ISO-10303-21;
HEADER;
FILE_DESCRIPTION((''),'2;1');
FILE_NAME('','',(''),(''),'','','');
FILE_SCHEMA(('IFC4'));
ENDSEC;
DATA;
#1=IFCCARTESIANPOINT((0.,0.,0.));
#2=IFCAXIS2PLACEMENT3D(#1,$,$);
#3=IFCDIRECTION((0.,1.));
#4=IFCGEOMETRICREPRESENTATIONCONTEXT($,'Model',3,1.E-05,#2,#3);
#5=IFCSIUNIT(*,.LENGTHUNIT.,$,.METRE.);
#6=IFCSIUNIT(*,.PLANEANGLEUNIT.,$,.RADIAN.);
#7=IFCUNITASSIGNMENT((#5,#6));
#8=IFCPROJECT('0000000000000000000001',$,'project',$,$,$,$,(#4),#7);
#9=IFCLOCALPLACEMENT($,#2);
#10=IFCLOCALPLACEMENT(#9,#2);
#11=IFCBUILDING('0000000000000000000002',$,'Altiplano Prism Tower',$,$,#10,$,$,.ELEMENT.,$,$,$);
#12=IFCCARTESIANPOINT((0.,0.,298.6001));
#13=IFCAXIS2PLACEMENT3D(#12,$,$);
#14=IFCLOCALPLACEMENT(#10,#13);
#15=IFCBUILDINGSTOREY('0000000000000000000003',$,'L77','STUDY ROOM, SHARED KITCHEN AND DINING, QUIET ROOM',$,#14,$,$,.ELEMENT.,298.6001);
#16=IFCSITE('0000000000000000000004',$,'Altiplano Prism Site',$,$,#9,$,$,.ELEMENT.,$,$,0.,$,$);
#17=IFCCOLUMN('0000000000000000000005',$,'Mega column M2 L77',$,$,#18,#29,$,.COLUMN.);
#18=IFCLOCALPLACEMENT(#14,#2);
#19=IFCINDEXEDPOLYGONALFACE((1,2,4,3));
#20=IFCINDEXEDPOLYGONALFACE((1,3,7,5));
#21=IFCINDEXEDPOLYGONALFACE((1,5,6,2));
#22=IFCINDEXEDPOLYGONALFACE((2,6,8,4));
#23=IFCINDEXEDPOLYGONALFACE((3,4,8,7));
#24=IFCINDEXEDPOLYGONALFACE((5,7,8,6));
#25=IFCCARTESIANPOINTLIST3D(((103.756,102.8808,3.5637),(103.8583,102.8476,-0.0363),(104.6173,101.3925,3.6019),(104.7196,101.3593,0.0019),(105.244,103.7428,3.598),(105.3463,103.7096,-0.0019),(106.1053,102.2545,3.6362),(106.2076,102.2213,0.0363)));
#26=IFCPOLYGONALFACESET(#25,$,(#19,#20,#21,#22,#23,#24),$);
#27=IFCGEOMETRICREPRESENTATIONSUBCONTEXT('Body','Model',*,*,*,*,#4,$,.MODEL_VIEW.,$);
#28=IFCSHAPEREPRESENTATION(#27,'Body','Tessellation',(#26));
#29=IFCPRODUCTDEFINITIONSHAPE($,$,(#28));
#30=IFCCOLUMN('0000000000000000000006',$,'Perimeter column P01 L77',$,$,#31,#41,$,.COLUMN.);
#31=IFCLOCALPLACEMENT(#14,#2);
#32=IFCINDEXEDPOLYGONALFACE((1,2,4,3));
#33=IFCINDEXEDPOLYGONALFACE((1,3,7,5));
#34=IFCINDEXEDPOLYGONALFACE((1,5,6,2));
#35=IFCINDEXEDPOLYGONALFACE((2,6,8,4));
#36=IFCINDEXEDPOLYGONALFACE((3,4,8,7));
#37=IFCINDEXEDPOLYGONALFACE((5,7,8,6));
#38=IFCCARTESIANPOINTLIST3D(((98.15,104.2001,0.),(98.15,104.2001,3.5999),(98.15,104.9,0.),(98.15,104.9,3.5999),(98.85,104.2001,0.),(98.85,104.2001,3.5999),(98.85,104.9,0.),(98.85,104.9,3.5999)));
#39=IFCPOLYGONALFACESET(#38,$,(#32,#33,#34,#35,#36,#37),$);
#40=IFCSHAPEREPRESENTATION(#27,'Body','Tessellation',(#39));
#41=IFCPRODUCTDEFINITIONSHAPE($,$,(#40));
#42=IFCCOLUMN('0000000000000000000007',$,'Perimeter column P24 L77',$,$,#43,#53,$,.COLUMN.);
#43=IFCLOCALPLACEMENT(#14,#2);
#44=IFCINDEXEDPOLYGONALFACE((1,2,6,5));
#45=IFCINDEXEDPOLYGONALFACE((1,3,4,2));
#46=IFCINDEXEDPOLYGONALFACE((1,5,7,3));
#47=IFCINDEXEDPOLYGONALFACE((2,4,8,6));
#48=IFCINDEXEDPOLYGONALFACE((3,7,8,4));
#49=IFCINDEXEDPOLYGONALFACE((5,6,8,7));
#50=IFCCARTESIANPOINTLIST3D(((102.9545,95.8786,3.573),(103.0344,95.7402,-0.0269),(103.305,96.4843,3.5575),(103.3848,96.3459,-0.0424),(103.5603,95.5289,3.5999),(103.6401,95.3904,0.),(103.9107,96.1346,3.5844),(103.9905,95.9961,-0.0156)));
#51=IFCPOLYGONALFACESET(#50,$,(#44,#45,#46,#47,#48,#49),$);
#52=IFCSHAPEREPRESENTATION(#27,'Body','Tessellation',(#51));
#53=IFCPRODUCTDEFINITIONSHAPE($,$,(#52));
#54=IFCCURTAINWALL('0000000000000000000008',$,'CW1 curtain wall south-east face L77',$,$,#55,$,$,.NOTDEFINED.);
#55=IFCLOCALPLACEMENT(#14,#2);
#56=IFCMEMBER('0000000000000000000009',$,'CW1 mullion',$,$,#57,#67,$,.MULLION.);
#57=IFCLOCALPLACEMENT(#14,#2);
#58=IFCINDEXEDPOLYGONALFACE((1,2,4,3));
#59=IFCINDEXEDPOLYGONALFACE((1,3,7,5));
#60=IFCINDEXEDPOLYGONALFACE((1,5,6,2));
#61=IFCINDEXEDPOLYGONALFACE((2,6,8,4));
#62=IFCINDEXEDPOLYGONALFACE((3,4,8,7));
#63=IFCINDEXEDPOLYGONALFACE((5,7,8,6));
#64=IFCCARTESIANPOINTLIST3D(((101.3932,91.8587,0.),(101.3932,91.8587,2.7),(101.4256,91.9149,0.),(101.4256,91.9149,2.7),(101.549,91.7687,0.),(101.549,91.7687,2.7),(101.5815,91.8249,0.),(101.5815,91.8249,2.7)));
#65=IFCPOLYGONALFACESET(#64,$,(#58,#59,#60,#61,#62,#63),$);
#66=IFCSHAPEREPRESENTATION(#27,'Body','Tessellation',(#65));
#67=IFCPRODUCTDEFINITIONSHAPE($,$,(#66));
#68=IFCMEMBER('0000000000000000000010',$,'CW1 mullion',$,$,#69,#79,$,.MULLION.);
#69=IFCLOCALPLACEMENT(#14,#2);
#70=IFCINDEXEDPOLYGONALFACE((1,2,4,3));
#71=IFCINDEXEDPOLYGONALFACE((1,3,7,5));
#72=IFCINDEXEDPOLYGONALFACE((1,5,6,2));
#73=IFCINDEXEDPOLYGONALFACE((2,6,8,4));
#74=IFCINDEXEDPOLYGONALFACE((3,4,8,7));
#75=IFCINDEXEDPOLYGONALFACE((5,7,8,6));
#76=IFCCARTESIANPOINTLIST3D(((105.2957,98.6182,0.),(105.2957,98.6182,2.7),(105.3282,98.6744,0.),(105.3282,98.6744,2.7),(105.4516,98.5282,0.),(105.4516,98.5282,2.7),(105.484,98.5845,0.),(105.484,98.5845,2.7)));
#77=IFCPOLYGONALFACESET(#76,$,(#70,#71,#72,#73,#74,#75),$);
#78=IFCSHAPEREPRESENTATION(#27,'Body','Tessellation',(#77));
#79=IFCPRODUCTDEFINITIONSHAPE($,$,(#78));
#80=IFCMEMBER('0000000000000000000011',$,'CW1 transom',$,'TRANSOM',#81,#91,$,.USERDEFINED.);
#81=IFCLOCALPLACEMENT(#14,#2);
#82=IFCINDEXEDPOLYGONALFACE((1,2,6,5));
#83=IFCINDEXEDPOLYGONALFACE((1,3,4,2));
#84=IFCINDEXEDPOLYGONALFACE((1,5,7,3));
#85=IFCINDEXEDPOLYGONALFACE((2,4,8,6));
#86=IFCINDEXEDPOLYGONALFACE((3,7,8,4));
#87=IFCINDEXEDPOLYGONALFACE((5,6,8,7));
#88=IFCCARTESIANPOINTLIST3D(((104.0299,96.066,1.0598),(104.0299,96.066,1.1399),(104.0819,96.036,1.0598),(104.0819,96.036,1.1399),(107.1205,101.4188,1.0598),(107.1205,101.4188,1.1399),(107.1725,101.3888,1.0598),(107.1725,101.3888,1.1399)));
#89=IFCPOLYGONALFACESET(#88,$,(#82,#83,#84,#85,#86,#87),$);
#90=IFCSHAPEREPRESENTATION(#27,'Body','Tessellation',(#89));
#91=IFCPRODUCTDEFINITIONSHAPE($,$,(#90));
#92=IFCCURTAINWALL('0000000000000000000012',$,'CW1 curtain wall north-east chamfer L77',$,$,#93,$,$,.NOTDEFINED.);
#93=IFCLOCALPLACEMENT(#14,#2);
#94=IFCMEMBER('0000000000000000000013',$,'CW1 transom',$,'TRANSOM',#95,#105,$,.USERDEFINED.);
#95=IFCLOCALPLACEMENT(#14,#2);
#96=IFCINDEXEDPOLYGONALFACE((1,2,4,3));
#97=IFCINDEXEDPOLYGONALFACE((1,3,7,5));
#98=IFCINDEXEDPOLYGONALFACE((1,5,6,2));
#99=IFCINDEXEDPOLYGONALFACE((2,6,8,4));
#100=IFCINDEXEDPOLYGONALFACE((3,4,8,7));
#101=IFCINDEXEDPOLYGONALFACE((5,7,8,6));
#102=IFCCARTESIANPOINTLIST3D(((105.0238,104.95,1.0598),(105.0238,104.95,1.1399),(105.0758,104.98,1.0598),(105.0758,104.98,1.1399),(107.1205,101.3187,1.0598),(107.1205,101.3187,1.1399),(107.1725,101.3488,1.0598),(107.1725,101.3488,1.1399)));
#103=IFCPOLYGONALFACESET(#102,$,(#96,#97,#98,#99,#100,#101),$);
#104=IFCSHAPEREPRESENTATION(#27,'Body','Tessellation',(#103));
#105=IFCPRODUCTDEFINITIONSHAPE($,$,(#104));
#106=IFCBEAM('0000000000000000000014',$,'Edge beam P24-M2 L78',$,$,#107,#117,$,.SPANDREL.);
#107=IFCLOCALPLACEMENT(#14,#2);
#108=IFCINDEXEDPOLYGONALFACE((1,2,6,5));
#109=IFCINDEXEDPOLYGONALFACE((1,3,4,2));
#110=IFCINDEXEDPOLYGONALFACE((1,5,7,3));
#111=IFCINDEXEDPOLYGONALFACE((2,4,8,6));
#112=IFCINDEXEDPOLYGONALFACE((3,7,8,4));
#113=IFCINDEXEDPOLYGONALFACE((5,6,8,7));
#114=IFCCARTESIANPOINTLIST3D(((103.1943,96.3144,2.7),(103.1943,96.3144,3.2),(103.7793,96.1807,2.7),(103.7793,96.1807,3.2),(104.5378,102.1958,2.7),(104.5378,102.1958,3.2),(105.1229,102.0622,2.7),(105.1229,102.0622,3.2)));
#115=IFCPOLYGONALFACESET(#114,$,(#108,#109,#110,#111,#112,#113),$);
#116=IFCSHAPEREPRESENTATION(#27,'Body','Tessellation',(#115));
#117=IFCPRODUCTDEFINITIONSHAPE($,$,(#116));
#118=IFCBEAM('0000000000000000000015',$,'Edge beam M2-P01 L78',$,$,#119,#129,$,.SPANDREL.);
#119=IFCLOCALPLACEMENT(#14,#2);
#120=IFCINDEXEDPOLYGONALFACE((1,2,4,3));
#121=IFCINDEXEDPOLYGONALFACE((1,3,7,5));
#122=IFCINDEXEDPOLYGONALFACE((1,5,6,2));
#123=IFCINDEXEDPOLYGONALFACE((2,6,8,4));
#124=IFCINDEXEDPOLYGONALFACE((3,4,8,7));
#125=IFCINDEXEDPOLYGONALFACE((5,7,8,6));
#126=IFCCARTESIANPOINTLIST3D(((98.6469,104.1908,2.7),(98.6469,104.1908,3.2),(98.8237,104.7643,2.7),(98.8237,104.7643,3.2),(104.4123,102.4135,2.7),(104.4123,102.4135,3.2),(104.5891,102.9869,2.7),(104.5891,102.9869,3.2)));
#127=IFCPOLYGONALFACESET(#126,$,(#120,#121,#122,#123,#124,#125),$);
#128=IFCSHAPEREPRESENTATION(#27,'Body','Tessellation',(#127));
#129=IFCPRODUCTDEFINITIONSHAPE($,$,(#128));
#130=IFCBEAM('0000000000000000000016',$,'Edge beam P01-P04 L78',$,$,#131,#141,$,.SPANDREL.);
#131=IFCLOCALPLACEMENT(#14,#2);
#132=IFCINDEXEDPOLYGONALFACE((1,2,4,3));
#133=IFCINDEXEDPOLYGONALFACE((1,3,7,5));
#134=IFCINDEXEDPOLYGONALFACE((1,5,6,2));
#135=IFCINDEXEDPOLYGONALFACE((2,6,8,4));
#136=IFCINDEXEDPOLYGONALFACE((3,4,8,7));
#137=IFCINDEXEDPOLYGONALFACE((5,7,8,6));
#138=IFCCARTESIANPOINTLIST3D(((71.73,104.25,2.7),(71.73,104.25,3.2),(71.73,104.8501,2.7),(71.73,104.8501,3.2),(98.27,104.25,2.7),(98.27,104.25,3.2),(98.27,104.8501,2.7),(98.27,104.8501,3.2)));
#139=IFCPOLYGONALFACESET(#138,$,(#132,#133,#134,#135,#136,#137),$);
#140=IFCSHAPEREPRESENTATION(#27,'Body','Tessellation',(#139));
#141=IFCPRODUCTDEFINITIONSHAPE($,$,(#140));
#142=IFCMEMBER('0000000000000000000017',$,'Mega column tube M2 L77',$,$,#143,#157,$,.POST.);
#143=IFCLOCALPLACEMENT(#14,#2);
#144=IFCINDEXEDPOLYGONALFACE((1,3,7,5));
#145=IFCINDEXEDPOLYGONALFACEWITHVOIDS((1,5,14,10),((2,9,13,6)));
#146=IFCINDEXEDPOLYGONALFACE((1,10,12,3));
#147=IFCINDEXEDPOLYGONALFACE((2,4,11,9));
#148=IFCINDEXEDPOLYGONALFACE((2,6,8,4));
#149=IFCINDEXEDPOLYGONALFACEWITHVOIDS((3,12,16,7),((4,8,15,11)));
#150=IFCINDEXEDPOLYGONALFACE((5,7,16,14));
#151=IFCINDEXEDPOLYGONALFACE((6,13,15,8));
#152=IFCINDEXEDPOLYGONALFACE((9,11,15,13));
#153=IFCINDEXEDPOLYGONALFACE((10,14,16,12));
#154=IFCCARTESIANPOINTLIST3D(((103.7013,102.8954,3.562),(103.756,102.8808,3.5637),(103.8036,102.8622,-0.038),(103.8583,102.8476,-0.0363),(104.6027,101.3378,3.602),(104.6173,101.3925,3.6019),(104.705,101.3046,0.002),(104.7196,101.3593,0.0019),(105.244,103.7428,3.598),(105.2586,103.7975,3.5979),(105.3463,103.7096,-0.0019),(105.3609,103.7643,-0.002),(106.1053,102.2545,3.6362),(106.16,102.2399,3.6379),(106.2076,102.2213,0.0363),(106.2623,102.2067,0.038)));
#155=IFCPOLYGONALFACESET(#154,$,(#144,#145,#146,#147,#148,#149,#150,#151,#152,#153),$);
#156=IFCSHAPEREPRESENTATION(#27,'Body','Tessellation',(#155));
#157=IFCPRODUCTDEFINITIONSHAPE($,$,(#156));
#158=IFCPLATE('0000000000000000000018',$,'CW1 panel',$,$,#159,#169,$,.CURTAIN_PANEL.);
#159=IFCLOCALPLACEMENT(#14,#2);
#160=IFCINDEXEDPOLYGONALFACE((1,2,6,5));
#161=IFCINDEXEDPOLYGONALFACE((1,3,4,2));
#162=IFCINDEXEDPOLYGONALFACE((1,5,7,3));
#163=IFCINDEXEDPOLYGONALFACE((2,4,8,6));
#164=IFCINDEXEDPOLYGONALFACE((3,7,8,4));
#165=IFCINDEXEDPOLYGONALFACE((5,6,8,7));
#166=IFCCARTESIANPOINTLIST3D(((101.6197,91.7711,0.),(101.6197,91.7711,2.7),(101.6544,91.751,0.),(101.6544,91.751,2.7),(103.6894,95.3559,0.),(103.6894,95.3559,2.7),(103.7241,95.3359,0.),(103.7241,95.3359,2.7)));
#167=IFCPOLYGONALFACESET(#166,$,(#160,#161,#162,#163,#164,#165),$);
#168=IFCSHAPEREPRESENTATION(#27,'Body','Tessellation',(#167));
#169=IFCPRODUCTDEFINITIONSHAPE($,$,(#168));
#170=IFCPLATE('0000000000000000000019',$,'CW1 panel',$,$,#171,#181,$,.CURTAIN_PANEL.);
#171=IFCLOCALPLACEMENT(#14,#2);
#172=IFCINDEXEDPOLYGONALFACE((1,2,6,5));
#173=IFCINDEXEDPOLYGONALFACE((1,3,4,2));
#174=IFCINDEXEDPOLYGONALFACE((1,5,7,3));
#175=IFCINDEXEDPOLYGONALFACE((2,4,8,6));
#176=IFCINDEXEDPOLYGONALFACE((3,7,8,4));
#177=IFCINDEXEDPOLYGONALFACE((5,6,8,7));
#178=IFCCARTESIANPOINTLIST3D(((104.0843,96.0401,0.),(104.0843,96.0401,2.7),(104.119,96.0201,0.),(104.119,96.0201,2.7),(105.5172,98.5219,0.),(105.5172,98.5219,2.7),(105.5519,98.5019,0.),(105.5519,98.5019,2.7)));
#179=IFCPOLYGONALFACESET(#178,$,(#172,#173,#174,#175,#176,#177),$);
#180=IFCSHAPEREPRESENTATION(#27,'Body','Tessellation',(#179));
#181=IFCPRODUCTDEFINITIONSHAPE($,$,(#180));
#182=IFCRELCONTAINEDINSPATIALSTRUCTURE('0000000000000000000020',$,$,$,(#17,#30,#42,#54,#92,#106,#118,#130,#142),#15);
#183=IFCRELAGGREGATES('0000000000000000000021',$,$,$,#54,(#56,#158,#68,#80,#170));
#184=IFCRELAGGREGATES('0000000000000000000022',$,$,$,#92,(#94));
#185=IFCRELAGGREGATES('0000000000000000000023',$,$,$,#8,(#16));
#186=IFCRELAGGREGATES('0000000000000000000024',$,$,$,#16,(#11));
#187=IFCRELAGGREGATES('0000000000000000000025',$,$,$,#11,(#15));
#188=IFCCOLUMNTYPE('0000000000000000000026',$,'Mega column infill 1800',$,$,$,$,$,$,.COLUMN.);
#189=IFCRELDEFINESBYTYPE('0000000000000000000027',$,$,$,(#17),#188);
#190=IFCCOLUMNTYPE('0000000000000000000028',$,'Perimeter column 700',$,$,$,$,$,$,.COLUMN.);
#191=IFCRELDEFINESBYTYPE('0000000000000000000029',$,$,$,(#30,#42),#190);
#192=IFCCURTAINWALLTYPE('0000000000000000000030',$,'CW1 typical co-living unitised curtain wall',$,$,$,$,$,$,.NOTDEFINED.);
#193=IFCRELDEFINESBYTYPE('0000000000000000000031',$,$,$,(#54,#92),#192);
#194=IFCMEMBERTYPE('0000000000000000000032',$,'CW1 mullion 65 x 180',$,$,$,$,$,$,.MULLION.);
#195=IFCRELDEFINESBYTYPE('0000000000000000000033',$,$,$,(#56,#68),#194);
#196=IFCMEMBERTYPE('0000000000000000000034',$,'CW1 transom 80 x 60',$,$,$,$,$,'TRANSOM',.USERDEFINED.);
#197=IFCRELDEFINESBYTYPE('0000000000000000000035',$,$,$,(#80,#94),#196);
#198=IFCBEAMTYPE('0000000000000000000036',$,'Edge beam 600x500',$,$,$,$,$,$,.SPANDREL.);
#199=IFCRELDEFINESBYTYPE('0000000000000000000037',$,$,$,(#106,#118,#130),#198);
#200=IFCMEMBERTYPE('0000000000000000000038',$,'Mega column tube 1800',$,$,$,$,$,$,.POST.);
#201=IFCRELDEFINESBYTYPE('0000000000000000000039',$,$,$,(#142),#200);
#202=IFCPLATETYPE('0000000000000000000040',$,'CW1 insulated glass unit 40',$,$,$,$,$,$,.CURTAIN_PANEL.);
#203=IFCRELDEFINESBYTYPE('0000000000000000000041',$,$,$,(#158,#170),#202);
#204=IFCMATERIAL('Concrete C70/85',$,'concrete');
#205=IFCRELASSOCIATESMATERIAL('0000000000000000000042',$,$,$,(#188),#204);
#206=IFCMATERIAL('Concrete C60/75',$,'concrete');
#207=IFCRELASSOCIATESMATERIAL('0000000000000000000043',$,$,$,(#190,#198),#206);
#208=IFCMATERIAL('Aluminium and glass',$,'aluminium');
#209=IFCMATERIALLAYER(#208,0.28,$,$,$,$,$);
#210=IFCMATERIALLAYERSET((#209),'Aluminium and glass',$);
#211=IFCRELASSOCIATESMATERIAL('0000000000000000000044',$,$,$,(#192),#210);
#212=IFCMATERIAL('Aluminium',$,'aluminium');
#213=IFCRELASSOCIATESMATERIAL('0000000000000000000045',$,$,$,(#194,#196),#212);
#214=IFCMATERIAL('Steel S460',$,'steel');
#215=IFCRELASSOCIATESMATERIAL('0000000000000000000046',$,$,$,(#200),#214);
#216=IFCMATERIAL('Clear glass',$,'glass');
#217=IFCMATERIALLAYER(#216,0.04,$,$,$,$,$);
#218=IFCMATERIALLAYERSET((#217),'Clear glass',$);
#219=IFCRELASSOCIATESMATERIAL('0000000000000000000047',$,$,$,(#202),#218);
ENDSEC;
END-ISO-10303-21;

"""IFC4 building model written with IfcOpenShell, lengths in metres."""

from ifc_helpers import new_model, si_unit, direction, frame, origin, origin_2d, place, context, subcontext, project, spatial, rectangle, hollow_rectangle, extrude, material, layer, layer_set, material_profile, profile_set, type_object, element, aggregate, save


model = new_model("IFC4")

# Units and contexts
model_context = context("Model", 3, precision=1e-05, world=origin(), true_north=direction((0.0, 1.0)))
body_context = subcontext(model_context, "Body", "Model", "MODEL_VIEW")
ifc_project = project(units=[si_unit("LENGTHUNIT", "METRE"), si_unit("PLANEANGLEUNIT", "RADIAN")], contexts=[model_context])

# Site, building, storey
site_placement = place(None, origin())
site = spatial("IfcSite", under=ifc_project, at=site_placement, Name="Altiplano Prism Site", CompositionType="ELEMENT", RefElevation=0.0)
building_placement = place(site_placement, origin())
building = spatial("IfcBuilding", under=site, at=building_placement, Name="Altiplano Prism Tower", CompositionType="ELEMENT")
storey_placement = place(building_placement, frame((0.0, 0.0, 298.6001)))
storey = spatial("IfcBuildingStorey", under=building, at=storey_placement, Name="L77", Description="STUDY ROOM, SHARED KITCHEN AND DINING, QUIET ROOM", CompositionType="ELEMENT", Elevation=298.6001)

# Columns
ifc_material_1 = material(Name="Concrete C70/85", Category="concrete")
ifc_material_profile_1 = material_profile(ifc_material_1, rectangle(XDim=1.72, YDim=1.72, at=origin_2d()), Name="Mega column infill 1800")
ifc_profile_set_1 = profile_set([ifc_material_profile_1], Name="Concrete C70/85")
column_type_1 = type_object("IfcColumnType", Name="Mega column infill 1800", PredefinedType="COLUMN", material=ifc_profile_set_1)
column_1_placement = place(storey_placement, frame((105.033, 102.5344, 0.0), z_axis=(-0.028404, 0.009219, 0.999554), x_axis=(0.500753, -0.865306, 0.022211)))
element("IfcColumn", 1, at=column_1_placement, inside=storey, type_object=column_type_1, Name="Mega column M2 L77", PredefinedType="COLUMN", context=body_context, shape_type="SweptSolid", body=[
    extrude(rectangle(XDim=1.72, YDim=1.72, at=origin_2d()), origin(), (0.0, 0.0, 1.0), 3.6016),
])
ifc_material_2 = material(Name="Concrete C60/75", Category="concrete")
ifc_material_profile_2 = material_profile(ifc_material_2, rectangle(XDim=0.7, YDim=0.7, at=origin_2d()), Name="Perimeter column 700")
ifc_profile_set_2 = profile_set([ifc_material_profile_2], Name="Concrete C60/75")
column_type_2 = type_object("IfcColumnType", Name="Perimeter column 700", PredefinedType="COLUMN", material=ifc_profile_set_2)
column_2_placement = place(storey_placement, frame((98.5, 104.55, 0.0), z_axis=(0.0, 0.0, 1.0), x_axis=(1.0, 0.0, 0.0)))
element("IfcColumn", 2, at=column_2_placement, inside=storey, type_object=column_type_2, Name="Perimeter column P01 L77", PredefinedType="COLUMN", context=body_context, shape_type="SweptSolid", body=[
    extrude(rectangle(XDim=0.7, YDim=0.7, at=origin_2d()), origin(), (0.0, 0.0, 1.0), 3.5999),
])
column_3_placement = place(storey_placement, frame((103.5125, 95.8682, -0.0212), z_axis=(-0.022155, 0.038416, 0.999016), x_axis=(-0.500653, -0.865364, 0.022173)))
element("IfcColumn", 3, at=column_3_placement, inside=storey, type_object=column_type_2, Name="Perimeter column P24 L77", PredefinedType="COLUMN", context=body_context, shape_type="SweptSolid", body=[
    extrude(rectangle(XDim=0.7, YDim=0.7, at=origin_2d()), origin(), (0.0, 0.0, 1.0), 3.6035),
])

# Curtain wall, members
ifc_material_3 = material(Name="Aluminium and glass", Category="aluminium")
ifc_layer_1 = layer(ifc_material_3, 0.28)
ifc_layer_set_1 = layer_set([ifc_layer_1], Name="Aluminium and glass")
curtain_wall_type = type_object("IfcCurtainWallType", Name="CW1 typical co-living unitised curtain wall", PredefinedType="NOTDEFINED", material=ifc_layer_set_1)
curtain_wall_1_placement = place(storey_placement, origin())
curtain_wall_1 = element("IfcCurtainWall", 4, at=curtain_wall_1_placement, inside=storey, type_object=curtain_wall_type, Name="CW1 curtain wall south-east face L77", PredefinedType="NOTDEFINED")
ifc_material_4 = material(Name="Aluminium", Category="aluminium")
ifc_material_profile_3 = material_profile(ifc_material_4, rectangle(XDim=0.1799, YDim=0.0649, at=origin_2d()), Name="CW1 mullion 65 x 180")
ifc_profile_set_3 = profile_set([ifc_material_profile_3], Name="Aluminium")
member_type_1 = type_object("IfcMemberType", Name="CW1 mullion 65 x 180", PredefinedType="MULLION", material=ifc_profile_set_3)
member_1_placement = place(storey_placement, frame((101.4873, 91.8418, 0.0), z_axis=(0.0, 0.0, 1.0), x_axis=(-0.866025, 0.5, 0.0)))
member_1 = element("IfcMember", 5, at=member_1_placement, type_object=member_type_1, Name="CW1 mullion", PredefinedType="MULLION", context=body_context, shape_type="SweptSolid", body=[
    extrude(rectangle(XDim=0.1799, YDim=0.0649, at=origin_2d()), origin(), (0.0, 0.0, 1.0), 2.7),
])
member_2_placement = place(storey_placement, frame((105.3899, 98.6013, 0.0), z_axis=(0.0, 0.0, 1.0), x_axis=(-0.866025, 0.5, 0.0)))
member_2 = element("IfcMember", 6, at=member_2_placement, type_object=member_type_1, Name="CW1 mullion", PredefinedType="MULLION", context=body_context, shape_type="SweptSolid", body=[
    extrude(rectangle(XDim=0.1799, YDim=0.0649, at=origin_2d()), origin(), (0.0, 0.0, 1.0), 2.7),
])
ifc_material_profile_4 = material_profile(ifc_material_4, rectangle(XDim=0.0601, YDim=0.0801, at=origin_2d()), Name="CW1 transom 80 x 60")
ifc_profile_set_4 = profile_set([ifc_material_profile_4], Name="Aluminium")
member_type_2 = type_object("IfcMemberType", Name="CW1 transom 80 x 60", ElementType="TRANSOM", PredefinedType="USERDEFINED", material=ifc_profile_set_4)
member_3_placement = place(storey_placement, frame((104.0559, 96.051, 1.0999), z_axis=(0.500018, 0.866015, 0.0), x_axis=(-0.866015, 0.500018, 0.0)))
member_3 = element("IfcMember", 7, at=member_3_placement, type_object=member_type_2, Name="CW1 transom", ObjectType="TRANSOM", PredefinedType="USERDEFINED", context=body_context, shape_type="SweptSolid", body=[
    extrude(rectangle(XDim=0.0601, YDim=0.0801, at=origin_2d()), origin(), (0.0, 0.0, 1.0), 6.1809),
])

# Curtain wall, member
curtain_wall_2_placement = place(storey_placement, origin())
curtain_wall_2 = element("IfcCurtainWall", 8, at=curtain_wall_2_placement, inside=storey, type_object=curtain_wall_type, Name="CW1 curtain wall north-east chamfer L77", PredefinedType="NOTDEFINED")
member_4_placement = place(storey_placement, frame((107.1465, 101.3337, 1.0999), z_axis=(-0.500021, 0.866013, 0.0), x_axis=(-0.866013, -0.500021, 0.0)))
member_4 = element("IfcMember", 9, at=member_4_placement, type_object=member_type_2, Name="CW1 transom", ObjectType="TRANSOM", PredefinedType="USERDEFINED", context=body_context, shape_type="SweptSolid", body=[
    extrude(rectangle(XDim=0.0601, YDim=0.0801, at=origin_2d()), origin(), (0.0, 0.0, 1.0), 4.1931),
])

# Beams
ifc_material_profile_5 = material_profile(ifc_material_2, rectangle(XDim=0.6001, YDim=0.5, at=origin_2d()), Name="Edge beam 600x500")
ifc_profile_set_5 = profile_set([ifc_material_profile_5], Name="Concrete C60/75")
beam_type = type_object("IfcBeamType", Name="Edge beam 600x500", PredefinedType="SPANDREL", material=ifc_profile_set_5)
beam_1_placement = place(storey_placement, frame((103.4868, 96.2476, 2.95), z_axis=(0.222698, 0.974887, 0.0), x_axis=(-0.974887, 0.222698, 0.0)))
element("IfcBeam", 10, at=beam_1_placement, inside=storey, type_object=beam_type, Name="Edge beam P24-M2 L78", PredefinedType="SPANDREL", context=body_context, shape_type="SweptSolid", body=[
    extrude(rectangle(XDim=0.6001, YDim=0.5, at=origin_2d()), origin(), (0.0, 0.0, 1.0), 6.033),
])
beam_2_placement = place(storey_placement, frame((104.5007, 102.7002, 2.95), z_axis=(-0.955621, 0.294598, 0.0), x_axis=(-0.294598, -0.955621, 0.0)))
element("IfcBeam", 11, at=beam_2_placement, inside=storey, type_object=beam_type, Name="Edge beam M2-P01 L78", PredefinedType="SPANDREL", context=body_context, shape_type="SweptSolid", body=[
    extrude(rectangle(XDim=0.6001, YDim=0.5, at=origin_2d()), origin(), (0.0, 0.0, 1.0), 6.0332),
])
beam_3_placement = place(storey_placement, frame((98.27, 104.55, 2.95), z_axis=(-1.0, 0.0, 0.0), x_axis=(0.0, -1.0, 0.0)))
element("IfcBeam", 12, at=beam_3_placement, inside=storey, type_object=beam_type, Name="Edge beam P01-P04 L78", PredefinedType="SPANDREL", context=body_context, shape_type="SweptSolid", body=[
    extrude(rectangle(XDim=0.6001, YDim=0.5, at=origin_2d()), origin(), (0.0, 0.0, 1.0), 26.54),
])

# Member
ifc_material_5 = material(Name="Steel S460", Category="steel")
ifc_material_profile_6 = material_profile(ifc_material_5, hollow_rectangle(XDim=1.8, YDim=1.8, WallThickness=0.04, at=origin_2d()), Name="Mega column tube 1800")
ifc_profile_set_6 = profile_set([ifc_material_profile_6], Name="Steel S460")
member_type_3 = type_object("IfcMemberType", Name="Mega column tube 1800", PredefinedType="POST", material=ifc_profile_set_6)
member_5_placement = place(storey_placement, frame((105.033, 102.5344, 0.0), z_axis=(-0.028404, 0.009219, 0.999554), x_axis=(0.500753, -0.865306, 0.022211)))
element("IfcMember", 13, at=member_5_placement, inside=storey, type_object=member_type_3, Name="Mega column tube M2 L77", PredefinedType="POST", context=body_context, shape_type="SweptSolid", body=[
    extrude(hollow_rectangle(XDim=1.8, YDim=1.8, WallThickness=0.04, at=origin_2d()), origin(), (0.0, 0.0, 1.0), 3.6016),
])

# Plates
ifc_material_6 = material(Name="Clear glass", Category="glass")
ifc_layer_2 = layer(ifc_material_6, 0.04)
ifc_layer_set_2 = layer_set([ifc_layer_2], Name="Clear glass")
plate_type = type_object("IfcPlateType", Name="CW1 insulated glass unit 40", PredefinedType="CURTAIN_PANEL", material=ifc_layer_set_2)
plate_1_placement = place(storey_placement, frame((102.6719, 93.5535, 0.0), z_axis=(0.0, 0.0, 1.0), x_axis=(0.5, 0.866025, 0.0)))
plate_1 = element("IfcPlate", 14, at=plate_1_placement, type_object=plate_type, Name="CW1 panel", PredefinedType="CURTAIN_PANEL", context=body_context, shape_type="SweptSolid", body=[
    extrude(rectangle(XDim=4.1394, YDim=0.04, at=origin_2d()), origin(), (0.0, 0.0, 1.0), 2.7),
])
plate_2_placement = place(storey_placement, frame((104.8181, 97.271, 0.0), z_axis=(0.0, 0.0, 1.0), x_axis=(0.5, 0.866025, 0.0)))
plate_2 = element("IfcPlate", 15, at=plate_2_placement, type_object=plate_type, Name="CW1 panel", PredefinedType="CURTAIN_PANEL", context=body_context, shape_type="SweptSolid", body=[
    extrude(rectangle(XDim=2.8657, YDim=0.04, at=origin_2d()), origin(), (0.0, 0.0, 1.0), 2.7),
])
aggregate(curtain_wall_1, [member_1, plate_1, member_2, member_3, plate_2])
aggregate(curtain_wall_2, [member_4])

save(model, "model.ifc")
